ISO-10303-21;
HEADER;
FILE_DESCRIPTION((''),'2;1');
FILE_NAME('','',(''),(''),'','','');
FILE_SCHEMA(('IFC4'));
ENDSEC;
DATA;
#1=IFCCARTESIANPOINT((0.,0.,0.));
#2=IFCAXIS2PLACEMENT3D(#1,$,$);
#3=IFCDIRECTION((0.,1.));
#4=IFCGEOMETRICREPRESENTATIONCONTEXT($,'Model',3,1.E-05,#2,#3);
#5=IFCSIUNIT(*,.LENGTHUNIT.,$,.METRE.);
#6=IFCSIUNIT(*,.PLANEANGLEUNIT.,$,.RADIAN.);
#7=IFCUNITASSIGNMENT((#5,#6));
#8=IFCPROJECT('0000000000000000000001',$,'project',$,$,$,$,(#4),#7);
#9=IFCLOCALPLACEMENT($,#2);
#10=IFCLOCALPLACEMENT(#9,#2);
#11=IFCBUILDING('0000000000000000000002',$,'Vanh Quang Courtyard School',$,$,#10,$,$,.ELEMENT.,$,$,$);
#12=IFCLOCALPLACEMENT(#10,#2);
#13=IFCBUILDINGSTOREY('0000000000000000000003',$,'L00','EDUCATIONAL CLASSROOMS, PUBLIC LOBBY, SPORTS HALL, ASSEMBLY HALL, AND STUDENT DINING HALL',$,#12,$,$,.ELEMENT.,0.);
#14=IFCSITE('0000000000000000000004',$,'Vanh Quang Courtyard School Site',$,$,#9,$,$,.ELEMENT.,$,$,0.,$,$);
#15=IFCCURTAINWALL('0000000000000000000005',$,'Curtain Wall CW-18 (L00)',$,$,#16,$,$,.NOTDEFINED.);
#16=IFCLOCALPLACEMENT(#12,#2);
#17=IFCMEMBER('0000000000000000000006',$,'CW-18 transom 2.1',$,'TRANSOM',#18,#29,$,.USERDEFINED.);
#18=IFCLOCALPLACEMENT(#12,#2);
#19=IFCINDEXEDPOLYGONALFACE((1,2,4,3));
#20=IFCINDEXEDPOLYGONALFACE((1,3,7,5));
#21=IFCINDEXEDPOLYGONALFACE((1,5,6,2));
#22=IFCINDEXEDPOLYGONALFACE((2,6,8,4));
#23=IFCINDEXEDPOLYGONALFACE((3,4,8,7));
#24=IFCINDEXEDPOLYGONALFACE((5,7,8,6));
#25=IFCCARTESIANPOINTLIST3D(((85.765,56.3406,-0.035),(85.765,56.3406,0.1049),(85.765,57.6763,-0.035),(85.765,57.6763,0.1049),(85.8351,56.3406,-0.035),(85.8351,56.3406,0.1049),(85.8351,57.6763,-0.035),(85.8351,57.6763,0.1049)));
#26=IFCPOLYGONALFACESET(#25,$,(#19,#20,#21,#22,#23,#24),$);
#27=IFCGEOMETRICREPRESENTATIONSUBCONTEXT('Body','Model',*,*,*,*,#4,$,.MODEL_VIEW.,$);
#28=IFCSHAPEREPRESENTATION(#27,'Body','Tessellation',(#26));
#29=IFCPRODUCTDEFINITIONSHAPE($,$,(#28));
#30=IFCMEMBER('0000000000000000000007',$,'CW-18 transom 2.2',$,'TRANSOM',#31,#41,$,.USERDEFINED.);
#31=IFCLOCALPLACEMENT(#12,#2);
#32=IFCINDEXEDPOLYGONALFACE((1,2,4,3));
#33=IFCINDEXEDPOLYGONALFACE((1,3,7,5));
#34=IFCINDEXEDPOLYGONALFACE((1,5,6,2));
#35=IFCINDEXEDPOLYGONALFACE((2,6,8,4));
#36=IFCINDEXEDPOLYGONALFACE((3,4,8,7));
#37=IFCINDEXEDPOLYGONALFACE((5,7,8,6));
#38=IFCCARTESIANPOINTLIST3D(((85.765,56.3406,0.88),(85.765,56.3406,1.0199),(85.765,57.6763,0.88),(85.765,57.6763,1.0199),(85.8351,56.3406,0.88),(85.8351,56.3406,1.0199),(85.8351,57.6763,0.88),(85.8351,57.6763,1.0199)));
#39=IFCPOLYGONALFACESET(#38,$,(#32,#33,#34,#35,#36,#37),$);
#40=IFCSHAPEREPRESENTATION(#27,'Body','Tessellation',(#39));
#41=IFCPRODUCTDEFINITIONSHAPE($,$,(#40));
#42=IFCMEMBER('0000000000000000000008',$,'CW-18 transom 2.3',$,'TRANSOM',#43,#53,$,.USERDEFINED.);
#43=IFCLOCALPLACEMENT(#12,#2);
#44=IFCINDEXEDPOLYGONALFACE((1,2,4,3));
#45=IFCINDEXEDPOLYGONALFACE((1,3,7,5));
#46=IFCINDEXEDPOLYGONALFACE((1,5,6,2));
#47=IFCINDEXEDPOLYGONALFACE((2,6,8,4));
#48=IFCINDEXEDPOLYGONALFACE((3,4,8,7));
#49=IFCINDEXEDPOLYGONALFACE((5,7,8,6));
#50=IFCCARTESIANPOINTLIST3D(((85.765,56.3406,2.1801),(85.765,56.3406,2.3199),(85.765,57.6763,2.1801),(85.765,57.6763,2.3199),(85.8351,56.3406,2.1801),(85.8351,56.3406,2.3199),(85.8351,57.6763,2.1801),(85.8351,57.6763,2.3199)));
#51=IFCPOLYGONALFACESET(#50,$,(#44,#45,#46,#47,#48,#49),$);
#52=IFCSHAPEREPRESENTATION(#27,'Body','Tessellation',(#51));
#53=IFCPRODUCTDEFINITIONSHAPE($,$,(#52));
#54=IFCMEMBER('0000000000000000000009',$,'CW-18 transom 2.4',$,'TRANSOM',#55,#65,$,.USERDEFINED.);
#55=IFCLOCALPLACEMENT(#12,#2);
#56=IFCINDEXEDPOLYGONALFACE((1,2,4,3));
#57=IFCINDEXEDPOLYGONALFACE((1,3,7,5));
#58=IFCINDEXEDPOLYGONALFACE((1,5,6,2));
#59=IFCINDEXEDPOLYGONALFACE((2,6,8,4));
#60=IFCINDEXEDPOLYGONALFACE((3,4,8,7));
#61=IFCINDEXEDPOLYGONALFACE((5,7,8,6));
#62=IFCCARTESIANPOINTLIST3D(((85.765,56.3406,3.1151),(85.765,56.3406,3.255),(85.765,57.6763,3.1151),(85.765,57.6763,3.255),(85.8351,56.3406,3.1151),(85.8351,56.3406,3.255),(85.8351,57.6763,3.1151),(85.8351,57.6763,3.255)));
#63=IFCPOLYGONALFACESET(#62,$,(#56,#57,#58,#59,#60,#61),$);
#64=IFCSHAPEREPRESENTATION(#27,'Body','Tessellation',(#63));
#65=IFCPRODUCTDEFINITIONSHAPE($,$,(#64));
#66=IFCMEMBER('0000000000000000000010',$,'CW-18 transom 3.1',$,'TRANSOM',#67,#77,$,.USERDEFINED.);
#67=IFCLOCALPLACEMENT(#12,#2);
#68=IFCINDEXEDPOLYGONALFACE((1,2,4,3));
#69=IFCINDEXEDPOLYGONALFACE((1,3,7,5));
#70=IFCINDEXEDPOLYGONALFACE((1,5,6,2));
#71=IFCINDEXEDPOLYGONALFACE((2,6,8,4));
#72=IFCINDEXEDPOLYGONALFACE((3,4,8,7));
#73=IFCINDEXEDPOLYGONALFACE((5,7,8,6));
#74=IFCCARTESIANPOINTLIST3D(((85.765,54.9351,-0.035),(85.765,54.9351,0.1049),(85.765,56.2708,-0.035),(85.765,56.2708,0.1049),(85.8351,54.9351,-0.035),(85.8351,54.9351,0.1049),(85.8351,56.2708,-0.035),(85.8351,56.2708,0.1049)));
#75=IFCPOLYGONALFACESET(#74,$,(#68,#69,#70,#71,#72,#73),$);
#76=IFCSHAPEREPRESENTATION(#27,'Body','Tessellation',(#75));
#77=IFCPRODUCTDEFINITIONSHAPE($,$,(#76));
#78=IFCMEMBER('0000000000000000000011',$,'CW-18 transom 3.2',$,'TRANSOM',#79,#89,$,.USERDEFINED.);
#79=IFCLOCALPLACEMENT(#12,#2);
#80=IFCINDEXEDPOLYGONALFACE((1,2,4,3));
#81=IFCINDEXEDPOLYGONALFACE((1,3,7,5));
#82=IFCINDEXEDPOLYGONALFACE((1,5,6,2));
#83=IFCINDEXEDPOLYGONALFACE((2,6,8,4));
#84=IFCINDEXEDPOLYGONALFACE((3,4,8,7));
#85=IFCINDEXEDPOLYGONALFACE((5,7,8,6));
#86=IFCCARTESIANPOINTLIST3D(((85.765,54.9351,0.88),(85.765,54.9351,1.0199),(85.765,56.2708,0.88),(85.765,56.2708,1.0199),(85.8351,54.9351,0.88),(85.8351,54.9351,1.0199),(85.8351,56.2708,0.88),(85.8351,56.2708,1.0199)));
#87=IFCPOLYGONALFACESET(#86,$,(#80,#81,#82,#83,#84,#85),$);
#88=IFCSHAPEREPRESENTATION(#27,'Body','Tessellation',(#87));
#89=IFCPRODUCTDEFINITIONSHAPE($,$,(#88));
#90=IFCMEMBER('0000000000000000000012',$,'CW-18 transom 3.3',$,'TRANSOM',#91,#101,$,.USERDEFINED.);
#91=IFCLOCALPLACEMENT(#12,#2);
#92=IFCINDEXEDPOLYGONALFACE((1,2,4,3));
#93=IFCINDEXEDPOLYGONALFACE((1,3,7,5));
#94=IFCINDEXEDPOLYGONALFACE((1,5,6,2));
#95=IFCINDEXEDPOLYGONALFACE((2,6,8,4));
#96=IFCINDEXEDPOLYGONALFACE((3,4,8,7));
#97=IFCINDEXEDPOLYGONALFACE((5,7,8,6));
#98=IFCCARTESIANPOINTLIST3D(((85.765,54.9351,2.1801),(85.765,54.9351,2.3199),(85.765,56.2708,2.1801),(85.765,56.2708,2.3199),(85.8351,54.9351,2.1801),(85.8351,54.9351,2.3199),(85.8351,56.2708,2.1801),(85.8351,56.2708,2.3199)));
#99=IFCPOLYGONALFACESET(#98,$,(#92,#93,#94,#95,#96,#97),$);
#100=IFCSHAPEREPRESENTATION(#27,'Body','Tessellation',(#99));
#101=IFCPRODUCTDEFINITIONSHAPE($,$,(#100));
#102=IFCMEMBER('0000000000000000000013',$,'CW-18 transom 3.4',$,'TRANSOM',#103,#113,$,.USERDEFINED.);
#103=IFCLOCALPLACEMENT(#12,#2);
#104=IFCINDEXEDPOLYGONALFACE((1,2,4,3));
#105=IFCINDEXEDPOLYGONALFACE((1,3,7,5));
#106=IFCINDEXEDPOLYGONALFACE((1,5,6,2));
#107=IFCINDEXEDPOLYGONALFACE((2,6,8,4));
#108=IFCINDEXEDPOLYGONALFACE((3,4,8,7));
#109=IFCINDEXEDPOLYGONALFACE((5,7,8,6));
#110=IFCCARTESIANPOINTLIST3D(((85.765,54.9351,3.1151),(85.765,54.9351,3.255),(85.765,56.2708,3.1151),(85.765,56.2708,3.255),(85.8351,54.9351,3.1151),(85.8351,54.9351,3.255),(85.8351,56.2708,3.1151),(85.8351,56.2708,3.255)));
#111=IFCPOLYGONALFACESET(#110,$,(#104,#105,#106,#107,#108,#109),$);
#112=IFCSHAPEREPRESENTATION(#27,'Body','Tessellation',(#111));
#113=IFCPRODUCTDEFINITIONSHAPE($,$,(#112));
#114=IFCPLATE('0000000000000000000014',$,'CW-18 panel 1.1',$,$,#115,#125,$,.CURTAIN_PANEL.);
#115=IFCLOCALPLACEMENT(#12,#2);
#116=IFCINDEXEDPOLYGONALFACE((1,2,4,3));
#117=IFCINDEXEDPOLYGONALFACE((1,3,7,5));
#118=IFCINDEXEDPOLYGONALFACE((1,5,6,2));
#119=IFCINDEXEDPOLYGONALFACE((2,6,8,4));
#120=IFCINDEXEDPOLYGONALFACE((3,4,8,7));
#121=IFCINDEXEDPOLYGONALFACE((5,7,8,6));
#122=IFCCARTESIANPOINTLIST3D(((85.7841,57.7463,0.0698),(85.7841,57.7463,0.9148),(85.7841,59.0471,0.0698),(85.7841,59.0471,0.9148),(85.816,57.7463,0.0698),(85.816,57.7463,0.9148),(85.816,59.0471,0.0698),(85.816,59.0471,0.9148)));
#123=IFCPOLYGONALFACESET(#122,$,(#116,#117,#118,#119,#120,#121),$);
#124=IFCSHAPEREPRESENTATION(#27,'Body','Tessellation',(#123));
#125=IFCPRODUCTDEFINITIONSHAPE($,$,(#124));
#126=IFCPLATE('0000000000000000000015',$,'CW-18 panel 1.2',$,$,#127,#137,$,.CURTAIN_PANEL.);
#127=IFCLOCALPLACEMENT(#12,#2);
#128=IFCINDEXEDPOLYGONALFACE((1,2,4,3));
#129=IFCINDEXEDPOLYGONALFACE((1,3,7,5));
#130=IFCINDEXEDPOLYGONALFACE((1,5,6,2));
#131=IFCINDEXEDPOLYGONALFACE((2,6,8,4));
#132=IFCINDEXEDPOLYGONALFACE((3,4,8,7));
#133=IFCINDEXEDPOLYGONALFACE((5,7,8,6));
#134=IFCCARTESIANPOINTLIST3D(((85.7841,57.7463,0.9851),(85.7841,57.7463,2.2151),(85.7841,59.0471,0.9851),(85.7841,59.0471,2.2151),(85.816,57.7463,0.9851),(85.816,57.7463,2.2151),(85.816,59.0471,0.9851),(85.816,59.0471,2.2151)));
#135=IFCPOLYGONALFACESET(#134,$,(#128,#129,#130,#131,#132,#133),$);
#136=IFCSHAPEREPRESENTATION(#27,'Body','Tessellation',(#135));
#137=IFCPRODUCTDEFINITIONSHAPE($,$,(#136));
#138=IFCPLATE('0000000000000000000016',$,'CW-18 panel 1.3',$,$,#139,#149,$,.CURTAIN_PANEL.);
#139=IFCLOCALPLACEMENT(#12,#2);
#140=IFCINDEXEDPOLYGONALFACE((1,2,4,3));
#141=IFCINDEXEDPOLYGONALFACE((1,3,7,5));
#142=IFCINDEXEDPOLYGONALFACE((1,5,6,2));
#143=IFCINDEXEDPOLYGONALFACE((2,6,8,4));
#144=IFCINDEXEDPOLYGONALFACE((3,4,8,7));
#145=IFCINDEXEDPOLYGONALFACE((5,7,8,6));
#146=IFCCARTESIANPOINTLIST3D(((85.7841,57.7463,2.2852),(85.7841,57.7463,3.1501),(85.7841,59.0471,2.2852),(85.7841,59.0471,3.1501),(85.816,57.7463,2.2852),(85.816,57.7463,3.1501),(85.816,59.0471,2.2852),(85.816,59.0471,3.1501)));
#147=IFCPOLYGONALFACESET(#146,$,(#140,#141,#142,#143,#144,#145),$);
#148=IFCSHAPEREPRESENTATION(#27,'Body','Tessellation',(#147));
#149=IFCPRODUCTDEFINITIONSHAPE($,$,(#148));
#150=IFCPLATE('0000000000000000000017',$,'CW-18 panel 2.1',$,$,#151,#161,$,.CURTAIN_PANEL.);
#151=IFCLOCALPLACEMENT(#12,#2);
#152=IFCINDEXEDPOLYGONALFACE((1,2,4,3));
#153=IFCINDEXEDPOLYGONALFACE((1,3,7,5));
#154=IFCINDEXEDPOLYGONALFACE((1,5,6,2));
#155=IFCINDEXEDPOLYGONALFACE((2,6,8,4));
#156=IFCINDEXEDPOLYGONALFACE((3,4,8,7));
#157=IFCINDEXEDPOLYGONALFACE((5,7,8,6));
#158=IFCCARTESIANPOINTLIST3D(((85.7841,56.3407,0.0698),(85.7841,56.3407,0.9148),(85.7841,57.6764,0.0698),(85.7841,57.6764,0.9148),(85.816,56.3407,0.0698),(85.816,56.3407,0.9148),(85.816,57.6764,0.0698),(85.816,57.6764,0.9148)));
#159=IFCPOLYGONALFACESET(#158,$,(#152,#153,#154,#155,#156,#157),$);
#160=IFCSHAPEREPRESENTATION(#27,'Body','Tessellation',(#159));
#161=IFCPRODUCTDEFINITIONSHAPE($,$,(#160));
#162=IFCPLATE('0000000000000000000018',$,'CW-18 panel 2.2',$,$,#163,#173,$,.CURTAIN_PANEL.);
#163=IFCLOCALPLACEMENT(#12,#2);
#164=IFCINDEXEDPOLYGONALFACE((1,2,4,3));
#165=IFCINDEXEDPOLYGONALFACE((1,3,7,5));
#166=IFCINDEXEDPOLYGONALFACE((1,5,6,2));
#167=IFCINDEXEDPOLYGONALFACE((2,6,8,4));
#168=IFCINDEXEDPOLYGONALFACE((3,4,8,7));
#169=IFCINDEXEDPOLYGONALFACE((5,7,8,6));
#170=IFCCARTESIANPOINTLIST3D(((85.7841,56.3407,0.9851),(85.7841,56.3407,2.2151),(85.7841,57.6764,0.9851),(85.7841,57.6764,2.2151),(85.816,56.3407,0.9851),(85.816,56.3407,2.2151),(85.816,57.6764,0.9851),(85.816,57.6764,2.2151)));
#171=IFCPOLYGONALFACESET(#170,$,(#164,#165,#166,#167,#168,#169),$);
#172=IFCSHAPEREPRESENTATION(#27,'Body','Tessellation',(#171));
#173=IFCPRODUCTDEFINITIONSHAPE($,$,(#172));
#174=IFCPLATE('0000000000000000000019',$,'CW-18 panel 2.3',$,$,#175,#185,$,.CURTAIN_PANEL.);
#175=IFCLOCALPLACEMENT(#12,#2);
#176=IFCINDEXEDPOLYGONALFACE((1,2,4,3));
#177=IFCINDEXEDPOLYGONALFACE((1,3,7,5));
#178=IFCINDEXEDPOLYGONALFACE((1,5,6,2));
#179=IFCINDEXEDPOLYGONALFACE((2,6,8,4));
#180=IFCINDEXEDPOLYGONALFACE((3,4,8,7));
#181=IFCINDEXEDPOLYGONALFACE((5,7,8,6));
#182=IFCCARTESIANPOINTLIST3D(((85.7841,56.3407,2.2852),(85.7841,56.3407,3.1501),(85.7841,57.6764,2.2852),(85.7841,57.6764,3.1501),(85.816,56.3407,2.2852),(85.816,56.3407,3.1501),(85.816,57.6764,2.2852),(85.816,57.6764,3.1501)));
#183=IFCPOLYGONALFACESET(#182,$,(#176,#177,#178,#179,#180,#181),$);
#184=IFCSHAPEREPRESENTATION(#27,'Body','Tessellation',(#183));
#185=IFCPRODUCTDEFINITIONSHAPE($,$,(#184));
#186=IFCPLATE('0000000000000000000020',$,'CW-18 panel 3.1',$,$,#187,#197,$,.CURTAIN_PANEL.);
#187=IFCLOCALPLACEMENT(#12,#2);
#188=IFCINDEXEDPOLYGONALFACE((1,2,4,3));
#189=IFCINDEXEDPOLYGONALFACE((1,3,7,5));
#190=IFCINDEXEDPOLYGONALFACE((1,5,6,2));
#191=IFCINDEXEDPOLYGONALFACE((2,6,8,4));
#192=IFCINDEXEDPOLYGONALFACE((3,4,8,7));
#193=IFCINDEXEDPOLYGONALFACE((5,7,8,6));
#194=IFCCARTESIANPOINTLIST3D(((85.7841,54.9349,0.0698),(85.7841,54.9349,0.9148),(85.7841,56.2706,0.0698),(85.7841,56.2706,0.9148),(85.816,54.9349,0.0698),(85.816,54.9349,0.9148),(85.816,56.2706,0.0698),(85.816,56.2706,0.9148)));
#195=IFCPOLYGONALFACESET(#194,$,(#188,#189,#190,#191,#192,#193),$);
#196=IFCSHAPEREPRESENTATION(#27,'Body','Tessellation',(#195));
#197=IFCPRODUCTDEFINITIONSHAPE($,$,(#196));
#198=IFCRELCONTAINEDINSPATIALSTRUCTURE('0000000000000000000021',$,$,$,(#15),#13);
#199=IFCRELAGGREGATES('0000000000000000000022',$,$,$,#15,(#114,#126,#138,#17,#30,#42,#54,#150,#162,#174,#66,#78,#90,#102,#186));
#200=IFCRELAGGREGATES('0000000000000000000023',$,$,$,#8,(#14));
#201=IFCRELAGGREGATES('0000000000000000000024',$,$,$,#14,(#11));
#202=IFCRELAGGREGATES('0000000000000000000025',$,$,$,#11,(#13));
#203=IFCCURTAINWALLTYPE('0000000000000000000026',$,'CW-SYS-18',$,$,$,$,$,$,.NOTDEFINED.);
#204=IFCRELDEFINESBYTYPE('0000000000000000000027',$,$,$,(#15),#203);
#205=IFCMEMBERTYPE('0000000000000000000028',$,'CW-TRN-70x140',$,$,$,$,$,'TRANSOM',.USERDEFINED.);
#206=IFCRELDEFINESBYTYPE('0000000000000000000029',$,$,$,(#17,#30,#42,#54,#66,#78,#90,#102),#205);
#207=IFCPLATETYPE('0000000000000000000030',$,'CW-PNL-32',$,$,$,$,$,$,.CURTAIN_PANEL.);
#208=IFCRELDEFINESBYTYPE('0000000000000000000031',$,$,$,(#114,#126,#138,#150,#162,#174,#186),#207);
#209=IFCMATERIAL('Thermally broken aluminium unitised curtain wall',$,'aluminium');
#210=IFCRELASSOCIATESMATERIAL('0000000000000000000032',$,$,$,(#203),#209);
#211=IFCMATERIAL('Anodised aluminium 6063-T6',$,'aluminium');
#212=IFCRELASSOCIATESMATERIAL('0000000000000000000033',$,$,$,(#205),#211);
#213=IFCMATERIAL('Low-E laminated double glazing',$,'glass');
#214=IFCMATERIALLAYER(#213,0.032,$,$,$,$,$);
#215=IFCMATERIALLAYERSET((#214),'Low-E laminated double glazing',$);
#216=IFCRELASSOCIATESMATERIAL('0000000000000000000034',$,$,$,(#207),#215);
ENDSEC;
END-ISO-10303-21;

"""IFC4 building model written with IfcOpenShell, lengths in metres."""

from ifc_helpers import new_model, si_unit, direction, frame, origin, origin_2d, place, context, subcontext, project, spatial, rectangle, extrude, material, layer, layer_set, material_profile, profile_set, type_object, element, aggregate, save


model = new_model("IFC4")

# Units and contexts
model_context = context("Model", 3, precision=1e-05, world=origin(), true_north=direction((0.0, 1.0)))
body_context = subcontext(model_context, "Body", "Model", "MODEL_VIEW")
ifc_project = project(units=[si_unit("LENGTHUNIT", "METRE"), si_unit("PLANEANGLEUNIT", "RADIAN")], contexts=[model_context])

# Site, building, storey
site_placement = place(None, origin())
site = spatial("IfcSite", under=ifc_project, at=site_placement, Name="Vanh Quang Courtyard School Site", CompositionType="ELEMENT", RefElevation=0.0)
building_placement = place(site_placement, origin())
building = spatial("IfcBuilding", under=site, at=building_placement, Name="Vanh Quang Courtyard School", CompositionType="ELEMENT")
storey_placement = place(building_placement, origin())
storey = spatial("IfcBuildingStorey", under=building, at=storey_placement, Name="L00", Description="EDUCATIONAL CLASSROOMS, PUBLIC LOBBY, SPORTS HALL, ASSEMBLY HALL, AND STUDENT DINING HALL", CompositionType="ELEMENT", Elevation=0.0)

# Curtain wall, members, plates
ifc_material_1 = material(Name="Thermally broken aluminium unitised curtain wall", Category="aluminium")
curtain_wall_type = type_object("IfcCurtainWallType", Name="CW-SYS-18", PredefinedType="NOTDEFINED", material=ifc_material_1)
curtain_wall_placement = place(storey_placement, origin())
curtain_wall = element("IfcCurtainWall", 1, at=curtain_wall_placement, inside=storey, type_object=curtain_wall_type, Name="Curtain Wall CW-18 (L00)", PredefinedType="NOTDEFINED")
ifc_material_2 = material(Name="Anodised aluminium 6063-T6", Category="aluminium")
ifc_material_profile_1 = material_profile(ifc_material_2, rectangle(XDim=0.0701, YDim=0.1399, at=origin_2d()), Name="ALU-TRN 70x140")
ifc_profile_set_1 = profile_set([ifc_material_profile_1], Name="Anodised aluminium 6063-T6")
member_type_1 = type_object("IfcMemberType", Name="CW-TRN-70x140", ElementType="TRANSOM", PredefinedType="USERDEFINED", material=ifc_profile_set_1)
member_1_placement = place(storey_placement, frame((85.8, 57.6763, 0.0349), z_axis=(0.0, -1.0, 0.0), x_axis=(1.0, 0.0, 0.0)))
member_1 = element("IfcMember", 2, at=member_1_placement, type_object=member_type_1, Name="CW-18 transom 2.1", ObjectType="TRANSOM", PredefinedType="USERDEFINED", context=body_context, shape_type="SweptSolid", body=[
    extrude(rectangle(XDim=0.0701, YDim=0.1399, at=origin_2d()), origin(), (0.0, 0.0, 1.0), 1.3357),
])
member_2_placement = place(storey_placement, frame((85.8, 57.6763, 0.95), z_axis=(0.0, -1.0, 0.0), x_axis=(1.0, 0.0, 0.0)))
member_2 = element("IfcMember", 3, at=member_2_placement, type_object=member_type_1, Name="CW-18 transom 2.2", ObjectType="TRANSOM", PredefinedType="USERDEFINED", context=body_context, shape_type="SweptSolid", body=[
    extrude(rectangle(XDim=0.0701, YDim=0.1399, at=origin_2d()), origin(), (0.0, 0.0, 1.0), 1.3357),
])
member_3_placement = place(storey_placement, frame((85.8, 57.6763, 2.25), z_axis=(0.0, -1.0, 0.0), x_axis=(1.0, 0.0, 0.0)))
member_3 = element("IfcMember", 4, at=member_3_placement, type_object=member_type_1, Name="CW-18 transom 2.3", ObjectType="TRANSOM", PredefinedType="USERDEFINED", context=body_context, shape_type="SweptSolid", body=[
    extrude(rectangle(XDim=0.0701, YDim=0.1399, at=origin_2d()), origin(), (0.0, 0.0, 1.0), 1.3357),
])
member_4_placement = place(storey_placement, frame((85.8, 57.6763, 3.1851), z_axis=(0.0, -1.0, 0.0), x_axis=(1.0, 0.0, 0.0)))
member_4 = element("IfcMember", 5, at=member_4_placement, type_object=member_type_1, Name="CW-18 transom 2.4", ObjectType="TRANSOM", PredefinedType="USERDEFINED", context=body_context, shape_type="SweptSolid", body=[
    extrude(rectangle(XDim=0.0701, YDim=0.1399, at=origin_2d()), origin(), (0.0, 0.0, 1.0), 1.3357),
])
member_5_placement = place(storey_placement, frame((85.8, 56.2708, 0.0349), z_axis=(0.0, -1.0, 0.0), x_axis=(1.0, 0.0, 0.0)))
member_5 = element("IfcMember", 6, at=member_5_placement, type_object=member_type_1, Name="CW-18 transom 3.1", ObjectType="TRANSOM", PredefinedType="USERDEFINED", context=body_context, shape_type="SweptSolid", body=[
    extrude(rectangle(XDim=0.0701, YDim=0.1399, at=origin_2d()), origin(), (0.0, 0.0, 1.0), 1.3357),
])
member_6_placement = place(storey_placement, frame((85.8, 56.2708, 0.95), z_axis=(0.0, -1.0, 0.0), x_axis=(1.0, 0.0, 0.0)))
member_6 = element("IfcMember", 7, at=member_6_placement, type_object=member_type_1, Name="CW-18 transom 3.2", ObjectType="TRANSOM", PredefinedType="USERDEFINED", context=body_context, shape_type="SweptSolid", body=[
    extrude(rectangle(XDim=0.0701, YDim=0.1399, at=origin_2d()), origin(), (0.0, 0.0, 1.0), 1.3357),
])
member_7_placement = place(storey_placement, frame((85.8, 56.2708, 2.25), z_axis=(0.0, -1.0, 0.0), x_axis=(1.0, 0.0, 0.0)))
member_7 = element("IfcMember", 8, at=member_7_placement, type_object=member_type_1, Name="CW-18 transom 3.3", ObjectType="TRANSOM", PredefinedType="USERDEFINED", context=body_context, shape_type="SweptSolid", body=[
    extrude(rectangle(XDim=0.0701, YDim=0.1399, at=origin_2d()), origin(), (0.0, 0.0, 1.0), 1.3357),
])
member_8_placement = place(storey_placement, frame((85.8, 56.2708, 3.1851), z_axis=(0.0, -1.0, 0.0), x_axis=(1.0, 0.0, 0.0)))
member_8 = element("IfcMember", 9, at=member_8_placement, type_object=member_type_1, Name="CW-18 transom 3.4", ObjectType="TRANSOM", PredefinedType="USERDEFINED", context=body_context, shape_type="SweptSolid", body=[
    extrude(rectangle(XDim=0.0701, YDim=0.1399, at=origin_2d()), origin(), (0.0, 0.0, 1.0), 1.3357),
])
ifc_material_3 = material(Name="Low-E laminated double glazing", Category="glass")
ifc_layer = layer(ifc_material_3, 0.032)
ifc_layer_set = layer_set([ifc_layer], Name="Low-E laminated double glazing")
plate_type = type_object("IfcPlateType", Name="CW-PNL-32", PredefinedType="CURTAIN_PANEL", material=ifc_layer_set)
plate_1_placement = place(storey_placement, frame((85.8, 58.3967, 0.0698), z_axis=(0.0, 0.0, 1.0), x_axis=(0.0, -1.0, 0.0)))
plate_1 = element("IfcPlate", 10, at=plate_1_placement, type_object=plate_type, Name="CW-18 panel 1.1", PredefinedType="CURTAIN_PANEL", context=body_context, shape_type="SweptSolid", body=[
    extrude(rectangle(XDim=1.3008, YDim=0.032, at=origin_2d()), origin(), (0.0, 0.0, 1.0), 0.845),
])
plate_2_placement = place(storey_placement, frame((85.8, 58.3967, 0.9851), z_axis=(0.0, 0.0, 1.0), x_axis=(0.0, -1.0, 0.0)))
plate_2 = element("IfcPlate", 11, at=plate_2_placement, type_object=plate_type, Name="CW-18 panel 1.2", PredefinedType="CURTAIN_PANEL", context=body_context, shape_type="SweptSolid", body=[
    extrude(rectangle(XDim=1.3008, YDim=0.032, at=origin_2d()), origin(), (0.0, 0.0, 1.0), 1.23),
])
plate_3_placement = place(storey_placement, frame((85.8, 58.3967, 2.2852), z_axis=(0.0, 0.0, 1.0), x_axis=(0.0, -1.0, 0.0)))
plate_3 = element("IfcPlate", 12, at=plate_3_placement, type_object=plate_type, Name="CW-18 panel 1.3", PredefinedType="CURTAIN_PANEL", context=body_context, shape_type="SweptSolid", body=[
    extrude(rectangle(XDim=1.3008, YDim=0.032, at=origin_2d()), origin(), (0.0, 0.0, 1.0), 0.865),
])
plate_4_placement = place(storey_placement, frame((85.8, 57.0085, 0.0698), z_axis=(0.0, 0.0, 1.0), x_axis=(0.0, -1.0, 0.0)))
plate_4 = element("IfcPlate", 13, at=plate_4_placement, type_object=plate_type, Name="CW-18 panel 2.1", PredefinedType="CURTAIN_PANEL", context=body_context, shape_type="SweptSolid", body=[
    extrude(rectangle(XDim=1.3357, YDim=0.032, at=origin_2d()), origin(), (0.0, 0.0, 1.0), 0.845),
])
plate_5_placement = place(storey_placement, frame((85.8, 57.0085, 0.9851), z_axis=(0.0, 0.0, 1.0), x_axis=(0.0, -1.0, 0.0)))
plate_5 = element("IfcPlate", 14, at=plate_5_placement, type_object=plate_type, Name="CW-18 panel 2.2", PredefinedType="CURTAIN_PANEL", context=body_context, shape_type="SweptSolid", body=[
    extrude(rectangle(XDim=1.3357, YDim=0.032, at=origin_2d()), origin(), (0.0, 0.0, 1.0), 1.23),
])
plate_6_placement = place(storey_placement, frame((85.8, 57.0085, 2.2852), z_axis=(0.0, 0.0, 1.0), x_axis=(0.0, -1.0, 0.0)))
plate_6 = element("IfcPlate", 15, at=plate_6_placement, type_object=plate_type, Name="CW-18 panel 2.3", PredefinedType="CURTAIN_PANEL", context=body_context, shape_type="SweptSolid", body=[
    extrude(rectangle(XDim=1.3357, YDim=0.032, at=origin_2d()), origin(), (0.0, 0.0, 1.0), 0.865),
])
plate_7_placement = place(storey_placement, frame((85.8, 55.6028, 0.0698), z_axis=(0.0, 0.0, 1.0), x_axis=(0.0, -1.0, 0.0)))
plate_7 = element("IfcPlate", 16, at=plate_7_placement, type_object=plate_type, Name="CW-18 panel 3.1", PredefinedType="CURTAIN_PANEL", context=body_context, shape_type="SweptSolid", body=[
    extrude(rectangle(XDim=1.3357, YDim=0.032, at=origin_2d()), origin(), (0.0, 0.0, 1.0), 0.845),
])
aggregate(curtain_wall, [plate_1, plate_2, plate_3, member_1, member_2, member_3, member_4, plate_4, plate_5, plate_6, member_5, member_6, member_7, member_8, plate_7])

save(model, "model.ifc")
